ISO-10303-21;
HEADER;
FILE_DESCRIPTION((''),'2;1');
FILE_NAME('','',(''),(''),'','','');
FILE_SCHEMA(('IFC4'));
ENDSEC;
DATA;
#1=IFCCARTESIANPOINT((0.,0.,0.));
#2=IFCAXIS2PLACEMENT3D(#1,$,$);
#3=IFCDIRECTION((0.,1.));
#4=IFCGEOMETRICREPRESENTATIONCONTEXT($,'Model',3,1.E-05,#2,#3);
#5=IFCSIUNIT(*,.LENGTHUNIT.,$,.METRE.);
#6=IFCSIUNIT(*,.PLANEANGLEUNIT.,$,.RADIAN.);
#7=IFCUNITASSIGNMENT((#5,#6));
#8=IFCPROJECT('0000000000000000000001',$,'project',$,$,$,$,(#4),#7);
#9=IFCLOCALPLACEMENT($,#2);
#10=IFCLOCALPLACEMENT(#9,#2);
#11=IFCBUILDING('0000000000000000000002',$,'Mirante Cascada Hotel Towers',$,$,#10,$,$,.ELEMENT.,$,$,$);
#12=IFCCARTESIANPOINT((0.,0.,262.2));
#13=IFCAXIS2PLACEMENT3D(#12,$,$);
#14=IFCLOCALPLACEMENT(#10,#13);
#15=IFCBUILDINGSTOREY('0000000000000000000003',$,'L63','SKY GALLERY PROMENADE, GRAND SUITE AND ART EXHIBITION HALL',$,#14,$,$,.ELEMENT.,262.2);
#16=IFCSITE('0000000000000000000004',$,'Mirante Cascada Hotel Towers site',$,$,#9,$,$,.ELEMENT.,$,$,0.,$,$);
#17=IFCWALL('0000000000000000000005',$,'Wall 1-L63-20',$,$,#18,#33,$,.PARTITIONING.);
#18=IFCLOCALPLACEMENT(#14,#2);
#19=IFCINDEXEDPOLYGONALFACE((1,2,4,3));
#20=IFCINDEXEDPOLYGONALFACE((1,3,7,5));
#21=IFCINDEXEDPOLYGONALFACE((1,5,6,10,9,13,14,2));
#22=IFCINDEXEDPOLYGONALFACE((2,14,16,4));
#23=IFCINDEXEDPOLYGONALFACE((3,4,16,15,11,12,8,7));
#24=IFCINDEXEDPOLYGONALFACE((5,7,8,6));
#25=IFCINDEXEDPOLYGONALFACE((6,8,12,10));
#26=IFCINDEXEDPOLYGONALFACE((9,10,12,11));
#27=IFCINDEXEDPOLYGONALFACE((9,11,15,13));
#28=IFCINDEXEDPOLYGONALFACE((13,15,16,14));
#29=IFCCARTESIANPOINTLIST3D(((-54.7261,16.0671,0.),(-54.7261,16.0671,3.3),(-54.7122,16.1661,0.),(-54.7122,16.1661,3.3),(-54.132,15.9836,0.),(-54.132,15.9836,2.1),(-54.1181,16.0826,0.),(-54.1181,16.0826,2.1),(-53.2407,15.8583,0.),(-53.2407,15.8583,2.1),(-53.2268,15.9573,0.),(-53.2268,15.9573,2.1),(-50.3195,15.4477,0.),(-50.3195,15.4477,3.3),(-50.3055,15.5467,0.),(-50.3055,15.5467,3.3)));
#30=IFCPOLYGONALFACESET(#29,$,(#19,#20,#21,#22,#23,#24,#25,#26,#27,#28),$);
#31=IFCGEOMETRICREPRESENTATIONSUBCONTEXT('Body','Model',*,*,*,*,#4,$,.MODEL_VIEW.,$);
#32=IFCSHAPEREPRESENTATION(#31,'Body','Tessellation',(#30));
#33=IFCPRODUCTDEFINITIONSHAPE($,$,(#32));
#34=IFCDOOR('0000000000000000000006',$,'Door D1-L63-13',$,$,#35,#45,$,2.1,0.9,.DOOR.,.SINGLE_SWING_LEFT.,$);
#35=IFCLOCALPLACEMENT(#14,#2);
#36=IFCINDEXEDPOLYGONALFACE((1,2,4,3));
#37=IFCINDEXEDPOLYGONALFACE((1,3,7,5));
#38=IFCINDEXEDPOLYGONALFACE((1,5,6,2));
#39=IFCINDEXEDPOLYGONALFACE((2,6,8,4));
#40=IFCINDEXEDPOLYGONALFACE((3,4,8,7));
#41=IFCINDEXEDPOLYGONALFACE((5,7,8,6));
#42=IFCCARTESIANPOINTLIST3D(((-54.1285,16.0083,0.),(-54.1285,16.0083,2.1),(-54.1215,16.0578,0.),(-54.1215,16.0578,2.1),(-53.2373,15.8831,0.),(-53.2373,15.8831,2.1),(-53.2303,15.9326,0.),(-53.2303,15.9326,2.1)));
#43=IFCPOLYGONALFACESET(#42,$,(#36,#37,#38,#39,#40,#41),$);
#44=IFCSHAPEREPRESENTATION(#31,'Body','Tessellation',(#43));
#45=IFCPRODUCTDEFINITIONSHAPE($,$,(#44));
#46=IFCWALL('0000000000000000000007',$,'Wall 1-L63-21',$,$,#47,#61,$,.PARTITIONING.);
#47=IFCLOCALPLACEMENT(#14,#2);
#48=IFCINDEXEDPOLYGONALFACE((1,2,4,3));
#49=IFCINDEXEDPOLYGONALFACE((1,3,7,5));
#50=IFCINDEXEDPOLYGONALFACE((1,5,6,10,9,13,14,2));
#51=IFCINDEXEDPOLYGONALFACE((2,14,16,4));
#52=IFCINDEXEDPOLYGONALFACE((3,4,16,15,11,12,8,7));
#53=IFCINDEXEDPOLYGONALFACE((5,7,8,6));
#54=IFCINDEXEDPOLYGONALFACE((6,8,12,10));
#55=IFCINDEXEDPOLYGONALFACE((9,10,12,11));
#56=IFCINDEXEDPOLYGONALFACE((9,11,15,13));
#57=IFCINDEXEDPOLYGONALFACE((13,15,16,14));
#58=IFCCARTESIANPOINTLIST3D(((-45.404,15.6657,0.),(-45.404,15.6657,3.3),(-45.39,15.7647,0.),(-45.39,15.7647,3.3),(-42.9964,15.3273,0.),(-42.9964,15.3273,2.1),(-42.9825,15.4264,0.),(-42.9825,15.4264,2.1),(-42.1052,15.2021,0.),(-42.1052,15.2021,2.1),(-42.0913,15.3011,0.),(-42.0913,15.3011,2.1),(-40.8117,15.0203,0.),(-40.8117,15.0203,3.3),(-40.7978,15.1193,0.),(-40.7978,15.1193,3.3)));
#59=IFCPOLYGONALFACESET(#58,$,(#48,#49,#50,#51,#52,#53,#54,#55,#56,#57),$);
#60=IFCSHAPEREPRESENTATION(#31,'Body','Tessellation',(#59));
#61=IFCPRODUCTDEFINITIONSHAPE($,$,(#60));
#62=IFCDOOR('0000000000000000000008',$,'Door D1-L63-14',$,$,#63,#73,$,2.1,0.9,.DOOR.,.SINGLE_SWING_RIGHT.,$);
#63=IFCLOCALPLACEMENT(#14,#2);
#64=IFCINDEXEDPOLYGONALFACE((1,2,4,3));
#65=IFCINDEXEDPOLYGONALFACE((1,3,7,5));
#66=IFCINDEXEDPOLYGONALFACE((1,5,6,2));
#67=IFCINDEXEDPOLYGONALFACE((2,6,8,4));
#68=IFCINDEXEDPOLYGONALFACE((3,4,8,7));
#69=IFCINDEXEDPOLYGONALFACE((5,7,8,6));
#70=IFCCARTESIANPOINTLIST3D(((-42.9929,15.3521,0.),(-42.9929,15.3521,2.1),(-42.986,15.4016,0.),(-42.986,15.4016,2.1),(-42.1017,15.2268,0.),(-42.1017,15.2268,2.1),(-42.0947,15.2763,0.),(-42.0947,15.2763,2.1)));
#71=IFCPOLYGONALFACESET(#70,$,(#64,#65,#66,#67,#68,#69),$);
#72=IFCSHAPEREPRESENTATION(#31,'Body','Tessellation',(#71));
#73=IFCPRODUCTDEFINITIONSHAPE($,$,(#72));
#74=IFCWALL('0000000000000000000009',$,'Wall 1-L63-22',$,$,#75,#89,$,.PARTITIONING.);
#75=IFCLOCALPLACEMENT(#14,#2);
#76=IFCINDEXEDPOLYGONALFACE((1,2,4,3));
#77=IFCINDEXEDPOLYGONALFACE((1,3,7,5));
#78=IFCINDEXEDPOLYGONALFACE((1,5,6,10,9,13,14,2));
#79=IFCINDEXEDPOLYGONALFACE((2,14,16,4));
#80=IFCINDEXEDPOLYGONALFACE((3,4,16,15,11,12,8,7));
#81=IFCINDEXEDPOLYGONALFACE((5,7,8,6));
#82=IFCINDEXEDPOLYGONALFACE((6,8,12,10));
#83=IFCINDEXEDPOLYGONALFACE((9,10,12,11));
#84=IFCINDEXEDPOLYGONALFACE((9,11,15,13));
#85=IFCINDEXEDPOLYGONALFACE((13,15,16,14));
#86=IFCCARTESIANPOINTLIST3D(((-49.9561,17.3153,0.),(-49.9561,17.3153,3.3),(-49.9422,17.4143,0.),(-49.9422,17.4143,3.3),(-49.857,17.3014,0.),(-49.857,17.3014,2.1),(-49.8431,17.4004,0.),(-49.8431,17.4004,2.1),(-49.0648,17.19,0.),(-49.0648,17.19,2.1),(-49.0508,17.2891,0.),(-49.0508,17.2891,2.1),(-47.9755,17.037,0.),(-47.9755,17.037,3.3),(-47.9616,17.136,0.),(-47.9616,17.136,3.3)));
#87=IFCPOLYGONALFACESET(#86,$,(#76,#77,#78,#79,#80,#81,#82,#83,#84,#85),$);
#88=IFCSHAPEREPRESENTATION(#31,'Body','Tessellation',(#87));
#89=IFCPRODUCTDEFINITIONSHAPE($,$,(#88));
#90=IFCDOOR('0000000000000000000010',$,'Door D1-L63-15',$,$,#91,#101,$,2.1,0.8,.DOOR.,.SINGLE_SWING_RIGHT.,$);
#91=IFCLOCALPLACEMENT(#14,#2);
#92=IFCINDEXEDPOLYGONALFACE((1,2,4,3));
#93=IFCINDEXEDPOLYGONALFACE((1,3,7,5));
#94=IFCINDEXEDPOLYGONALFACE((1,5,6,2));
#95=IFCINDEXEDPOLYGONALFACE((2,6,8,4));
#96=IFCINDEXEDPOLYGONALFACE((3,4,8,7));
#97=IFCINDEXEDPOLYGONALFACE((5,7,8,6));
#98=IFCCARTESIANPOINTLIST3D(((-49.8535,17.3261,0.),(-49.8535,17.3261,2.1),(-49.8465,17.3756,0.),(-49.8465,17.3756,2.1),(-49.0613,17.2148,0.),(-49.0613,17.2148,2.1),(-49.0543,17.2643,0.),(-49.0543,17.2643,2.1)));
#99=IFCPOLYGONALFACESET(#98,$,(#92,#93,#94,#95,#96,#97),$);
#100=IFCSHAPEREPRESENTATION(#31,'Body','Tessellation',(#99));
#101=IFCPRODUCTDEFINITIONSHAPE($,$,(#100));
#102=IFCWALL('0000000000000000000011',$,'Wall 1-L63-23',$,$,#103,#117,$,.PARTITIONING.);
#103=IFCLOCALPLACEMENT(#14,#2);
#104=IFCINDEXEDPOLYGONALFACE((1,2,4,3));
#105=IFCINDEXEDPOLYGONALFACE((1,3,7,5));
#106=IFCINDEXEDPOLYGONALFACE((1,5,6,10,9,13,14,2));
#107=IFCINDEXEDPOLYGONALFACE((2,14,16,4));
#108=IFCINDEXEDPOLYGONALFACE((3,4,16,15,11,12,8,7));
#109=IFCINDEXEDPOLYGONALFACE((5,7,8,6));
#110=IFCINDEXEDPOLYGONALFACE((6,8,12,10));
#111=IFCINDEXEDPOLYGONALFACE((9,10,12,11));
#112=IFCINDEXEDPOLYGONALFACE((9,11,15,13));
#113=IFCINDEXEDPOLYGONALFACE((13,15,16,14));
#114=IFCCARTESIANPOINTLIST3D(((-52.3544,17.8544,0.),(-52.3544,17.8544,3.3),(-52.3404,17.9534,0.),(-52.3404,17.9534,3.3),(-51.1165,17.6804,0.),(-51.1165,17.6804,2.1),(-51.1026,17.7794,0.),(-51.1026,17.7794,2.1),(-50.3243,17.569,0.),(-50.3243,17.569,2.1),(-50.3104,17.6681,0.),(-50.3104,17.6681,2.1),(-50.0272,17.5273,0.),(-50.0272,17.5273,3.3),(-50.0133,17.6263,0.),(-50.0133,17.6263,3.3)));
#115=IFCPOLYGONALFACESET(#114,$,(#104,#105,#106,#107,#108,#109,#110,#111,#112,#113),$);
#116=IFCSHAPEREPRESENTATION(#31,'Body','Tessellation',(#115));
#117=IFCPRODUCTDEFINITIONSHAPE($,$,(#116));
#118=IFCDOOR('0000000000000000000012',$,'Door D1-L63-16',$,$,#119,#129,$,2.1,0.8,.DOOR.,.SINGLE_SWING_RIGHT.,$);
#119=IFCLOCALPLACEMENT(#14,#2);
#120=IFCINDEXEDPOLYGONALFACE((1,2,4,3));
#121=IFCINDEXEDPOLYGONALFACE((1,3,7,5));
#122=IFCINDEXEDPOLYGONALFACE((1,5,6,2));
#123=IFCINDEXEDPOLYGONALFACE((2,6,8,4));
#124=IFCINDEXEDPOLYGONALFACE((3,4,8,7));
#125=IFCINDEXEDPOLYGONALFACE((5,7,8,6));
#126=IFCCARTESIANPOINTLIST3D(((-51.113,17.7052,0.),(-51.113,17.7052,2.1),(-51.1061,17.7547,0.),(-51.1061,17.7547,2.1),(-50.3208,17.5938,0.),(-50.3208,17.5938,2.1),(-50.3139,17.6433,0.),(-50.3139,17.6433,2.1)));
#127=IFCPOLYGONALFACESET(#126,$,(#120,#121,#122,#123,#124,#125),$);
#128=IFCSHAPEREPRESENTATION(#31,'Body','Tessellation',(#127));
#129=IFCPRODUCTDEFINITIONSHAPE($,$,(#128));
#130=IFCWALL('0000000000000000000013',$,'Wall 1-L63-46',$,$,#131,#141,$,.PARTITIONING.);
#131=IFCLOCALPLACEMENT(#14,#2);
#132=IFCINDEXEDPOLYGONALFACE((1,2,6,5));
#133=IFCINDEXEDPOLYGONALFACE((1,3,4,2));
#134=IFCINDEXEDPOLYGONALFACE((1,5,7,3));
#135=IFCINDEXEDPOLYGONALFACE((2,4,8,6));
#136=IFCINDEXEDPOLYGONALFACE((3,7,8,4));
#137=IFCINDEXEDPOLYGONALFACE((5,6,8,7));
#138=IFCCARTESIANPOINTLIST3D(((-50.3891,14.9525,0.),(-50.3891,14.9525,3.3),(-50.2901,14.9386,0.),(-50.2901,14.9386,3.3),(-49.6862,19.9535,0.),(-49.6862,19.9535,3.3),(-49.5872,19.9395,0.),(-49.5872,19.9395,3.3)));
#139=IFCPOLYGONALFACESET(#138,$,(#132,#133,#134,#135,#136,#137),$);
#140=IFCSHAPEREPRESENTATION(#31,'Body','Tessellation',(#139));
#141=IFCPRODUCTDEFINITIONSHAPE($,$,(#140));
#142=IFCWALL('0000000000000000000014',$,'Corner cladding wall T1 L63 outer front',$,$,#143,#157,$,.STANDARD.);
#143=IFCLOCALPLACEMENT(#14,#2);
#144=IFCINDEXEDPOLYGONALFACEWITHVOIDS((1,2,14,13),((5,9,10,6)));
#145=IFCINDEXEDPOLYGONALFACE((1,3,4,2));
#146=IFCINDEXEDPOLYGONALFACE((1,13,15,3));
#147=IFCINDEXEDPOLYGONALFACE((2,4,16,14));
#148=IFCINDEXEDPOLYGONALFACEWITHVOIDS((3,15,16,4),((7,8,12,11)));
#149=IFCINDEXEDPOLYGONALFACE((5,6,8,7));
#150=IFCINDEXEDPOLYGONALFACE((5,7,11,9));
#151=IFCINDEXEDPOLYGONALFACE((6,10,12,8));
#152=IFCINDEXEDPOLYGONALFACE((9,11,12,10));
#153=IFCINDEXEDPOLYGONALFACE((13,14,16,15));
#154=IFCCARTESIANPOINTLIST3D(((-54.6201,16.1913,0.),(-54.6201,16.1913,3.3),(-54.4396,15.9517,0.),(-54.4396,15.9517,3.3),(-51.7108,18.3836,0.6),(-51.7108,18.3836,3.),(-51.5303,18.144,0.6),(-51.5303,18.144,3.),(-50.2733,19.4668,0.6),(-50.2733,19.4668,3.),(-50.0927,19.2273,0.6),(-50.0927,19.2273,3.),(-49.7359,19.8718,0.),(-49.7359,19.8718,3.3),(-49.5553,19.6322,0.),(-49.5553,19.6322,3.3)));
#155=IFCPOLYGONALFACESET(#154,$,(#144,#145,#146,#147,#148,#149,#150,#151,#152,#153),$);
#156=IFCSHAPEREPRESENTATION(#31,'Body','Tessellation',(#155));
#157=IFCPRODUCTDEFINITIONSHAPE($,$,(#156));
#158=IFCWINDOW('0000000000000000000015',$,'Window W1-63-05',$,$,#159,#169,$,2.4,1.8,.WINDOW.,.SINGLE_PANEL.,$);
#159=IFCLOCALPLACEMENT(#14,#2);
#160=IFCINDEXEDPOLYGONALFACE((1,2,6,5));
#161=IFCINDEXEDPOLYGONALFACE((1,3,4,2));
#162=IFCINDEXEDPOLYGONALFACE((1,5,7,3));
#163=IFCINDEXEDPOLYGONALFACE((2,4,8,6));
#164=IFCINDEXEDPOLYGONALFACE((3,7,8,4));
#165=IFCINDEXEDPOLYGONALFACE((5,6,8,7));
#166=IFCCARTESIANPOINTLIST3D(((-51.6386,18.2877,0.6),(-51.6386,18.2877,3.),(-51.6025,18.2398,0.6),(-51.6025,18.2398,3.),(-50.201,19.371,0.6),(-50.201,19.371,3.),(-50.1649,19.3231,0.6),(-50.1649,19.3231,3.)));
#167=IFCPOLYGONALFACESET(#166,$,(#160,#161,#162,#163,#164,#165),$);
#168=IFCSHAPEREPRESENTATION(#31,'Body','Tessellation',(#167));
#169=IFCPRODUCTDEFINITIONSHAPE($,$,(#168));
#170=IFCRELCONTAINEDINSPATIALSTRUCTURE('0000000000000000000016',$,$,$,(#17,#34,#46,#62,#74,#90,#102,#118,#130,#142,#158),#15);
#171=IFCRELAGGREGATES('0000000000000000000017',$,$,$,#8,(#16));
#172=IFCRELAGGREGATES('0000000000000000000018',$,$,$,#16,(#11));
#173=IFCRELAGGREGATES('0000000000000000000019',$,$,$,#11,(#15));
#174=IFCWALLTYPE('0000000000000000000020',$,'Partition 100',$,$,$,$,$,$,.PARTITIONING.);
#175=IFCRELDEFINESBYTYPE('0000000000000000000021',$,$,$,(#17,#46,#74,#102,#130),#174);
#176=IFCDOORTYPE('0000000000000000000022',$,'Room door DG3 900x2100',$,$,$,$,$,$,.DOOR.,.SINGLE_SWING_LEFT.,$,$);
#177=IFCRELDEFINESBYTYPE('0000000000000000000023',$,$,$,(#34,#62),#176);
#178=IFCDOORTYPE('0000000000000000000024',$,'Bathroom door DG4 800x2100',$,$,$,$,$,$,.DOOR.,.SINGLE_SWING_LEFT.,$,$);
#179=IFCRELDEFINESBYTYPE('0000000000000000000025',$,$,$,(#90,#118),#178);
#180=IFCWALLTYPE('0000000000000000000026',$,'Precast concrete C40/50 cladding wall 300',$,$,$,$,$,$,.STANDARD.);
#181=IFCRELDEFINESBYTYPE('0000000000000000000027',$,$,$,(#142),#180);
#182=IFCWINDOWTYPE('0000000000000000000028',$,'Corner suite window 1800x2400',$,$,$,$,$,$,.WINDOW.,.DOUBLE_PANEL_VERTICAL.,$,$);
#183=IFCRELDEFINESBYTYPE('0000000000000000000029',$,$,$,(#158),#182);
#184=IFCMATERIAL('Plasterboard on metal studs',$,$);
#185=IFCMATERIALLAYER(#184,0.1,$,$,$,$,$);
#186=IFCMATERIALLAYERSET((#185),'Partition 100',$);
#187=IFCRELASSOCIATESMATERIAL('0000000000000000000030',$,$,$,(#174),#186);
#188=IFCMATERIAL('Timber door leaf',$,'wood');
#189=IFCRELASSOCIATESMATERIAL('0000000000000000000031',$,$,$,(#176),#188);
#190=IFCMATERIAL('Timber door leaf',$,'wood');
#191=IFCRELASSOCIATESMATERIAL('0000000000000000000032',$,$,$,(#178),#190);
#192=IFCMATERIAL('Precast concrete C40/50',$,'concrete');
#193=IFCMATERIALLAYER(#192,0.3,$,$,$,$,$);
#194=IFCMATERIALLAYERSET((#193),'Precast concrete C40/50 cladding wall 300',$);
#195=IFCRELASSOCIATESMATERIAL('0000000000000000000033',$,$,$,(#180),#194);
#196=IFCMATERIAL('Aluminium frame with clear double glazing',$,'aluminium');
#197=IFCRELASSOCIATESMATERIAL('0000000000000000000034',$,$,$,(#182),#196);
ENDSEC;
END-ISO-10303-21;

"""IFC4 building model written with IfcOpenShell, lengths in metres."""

from ifc_helpers import new_model, si_unit, direction, frame, frame_2d, origin, place, context, subcontext, project, spatial, rectangle, extrude, material, layer, layer_set, type_object, element, fill, save


model = new_model("IFC4")

# Units and contexts
model_context = context("Model", 3, precision=1e-05, world=origin(), true_north=direction((0.0, 1.0)))
body_context = subcontext(model_context, "Body", "Model", "MODEL_VIEW")
ifc_project = project(units=[si_unit("LENGTHUNIT", "METRE"), si_unit("PLANEANGLEUNIT", "RADIAN")], contexts=[model_context])

# Site, building, storey
site_placement = place(None, origin())
site = spatial("IfcSite", under=ifc_project, at=site_placement, Name="Mirante Cascada Hotel Towers site", CompositionType="ELEMENT", RefElevation=0.0)
building_placement = place(site_placement, origin())
building = spatial("IfcBuilding", under=site, at=building_placement, Name="Mirante Cascada Hotel Towers", CompositionType="ELEMENT")
storey_placement = place(building_placement, frame((0.0, 0.0, 262.2)))
storey = spatial("IfcBuildingStorey", under=building, at=storey_placement, Name="L63", Description="SKY GALLERY PROMENADE, GRAND SUITE AND ART EXHIBITION HALL", CompositionType="ELEMENT", Elevation=262.2)

# Shared definitions
ifc_material_1 = material(Name="Plasterboard on metal studs")
ifc_layer_1 = layer(ifc_material_1, 0.1)
ifc_layer_set_1 = layer_set([ifc_layer_1], Name="Partition 100")
wall_type_1 = type_object("IfcWallType", Name="Partition 100", PredefinedType="PARTITIONING", material=ifc_layer_set_1)

# Walls, openings, doors
wall_1_placement = place(storey_placement, frame((-50.3125, 15.4972, 0.0), z_axis=(0.0, 0.0, 1.0), x_axis=(-0.990266, 0.13919, 0.0)))
wall_1 = element("IfcWall", 1, at=wall_1_placement, inside=storey, type_object=wall_type_1, Name="Wall 1-L63-20", PredefinedType="PARTITIONING", context=body_context, shape_type="SweptSolid", body=[
    extrude(rectangle(XDim=4.45, YDim=0.1, at=frame_2d((2.225, 0.0))), origin(), (0.0, 0.0, 1.0), 3.3),
])
opening_1_placement = place(wall_1_placement, frame((2.95, 0.0, 0.0)))
opening_1 = element("IfcOpeningElement", 2, at=opening_1_placement, cuts=wall_1, PredefinedType="OPENING", context=body_context, shape_type="SweptSolid", body=[
    extrude(rectangle(XDim=0.9, YDim=2.1, at=frame_2d((0.45, 1.05))), frame((0.0, 0.05, 0.0), z_axis=(0.0, -1.0, 0.0), x_axis=(1.0, 0.0, 0.0)), (0.0, 0.0, 1.0), 0.1),
])
ifc_material_2 = material(Name="Timber door leaf", Category="wood")
door_type_1 = type_object("IfcDoorType", Name="Room door DG3 900x2100", OperationType="SINGLE_SWING_LEFT", PredefinedType="DOOR", material=ifc_material_2)
door_1_placement = place(opening_1_placement, origin())
door_1 = element("IfcDoor", 3, at=door_1_placement, inside=storey, type_object=door_type_1, Name="Door D1-L63-13", OperationType="SINGLE_SWING_LEFT", OverallHeight=2.1, OverallWidth=0.9, PredefinedType="DOOR", context=body_context, shape_type="SweptSolid", body=[
    extrude(rectangle(XDim=0.9, YDim=2.1, at=frame_2d((0.45, 1.05))), frame((0.0, 0.025, 0.0), z_axis=(0.0, -1.0, 0.0), x_axis=(1.0, 0.0, 0.0)), (0.0, 0.0, 1.0), 0.05),
])
fill(opening_1, door_1)
wall_2_placement = place(storey_placement, frame((-45.397, 15.7152, 0.0), z_axis=(0.0, 0.0, 1.0), x_axis=(0.990268, -0.139172, 0.0)))
wall_2 = element("IfcWall", 4, at=wall_2_placement, inside=storey, type_object=wall_type_1, Name="Wall 1-L63-21", PredefinedType="PARTITIONING", context=body_context, shape_type="SweptSolid", body=[
    extrude(rectangle(XDim=4.6374, YDim=0.1, at=frame_2d((2.3187, 0.0))), origin(), (0.0, 0.0, 1.0), 3.3),
])
opening_2_placement = place(wall_2_placement, frame((2.4312, 0.0, 0.0)))
opening_2 = element("IfcOpeningElement", 5, at=opening_2_placement, cuts=wall_2, PredefinedType="OPENING", context=body_context, shape_type="SweptSolid", body=[
    extrude(rectangle(XDim=0.9, YDim=2.1, at=frame_2d((0.45, 1.05))), frame((0.0, 0.05, 0.0), z_axis=(0.0, -1.0, 0.0), x_axis=(1.0, 0.0, 0.0)), (0.0, 0.0, 1.0), 0.1),
])
door_2_placement = place(opening_2_placement, frame((0.9, 0.0, 0.0), z_axis=(0.0, 0.0, 1.0), x_axis=(-1.0, 0.0, 0.0)))
door_2 = element("IfcDoor", 6, at=door_2_placement, inside=storey, type_object=door_type_1, Name="Door D1-L63-14", OperationType="SINGLE_SWING_RIGHT", OverallHeight=2.1, OverallWidth=0.9, PredefinedType="DOOR", context=body_context, shape_type="SweptSolid", body=[
    extrude(rectangle(XDim=0.9, YDim=2.1, at=frame_2d((0.45, 1.05))), frame((0.0, 0.025, 0.0), z_axis=(0.0, -1.0, 0.0), x_axis=(1.0, 0.0, 0.0)), (0.0, 0.0, 1.0), 0.05),
])
fill(opening_2, door_2)
wall_3_placement = place(storey_placement, frame((-47.9685, 17.0865, 0.0), z_axis=(0.0, 0.0, 1.0), x_axis=(-0.990272, 0.139146, 0.0)))
wall_3 = element("IfcWall", 7, at=wall_3_placement, inside=storey, type_object=wall_type_1, Name="Wall 1-L63-22", PredefinedType="PARTITIONING", context=body_context, shape_type="SweptSolid", body=[
    extrude(rectangle(XDim=2.0001, YDim=0.1, at=frame_2d((1.0001, 0.0))), origin(), (0.0, 0.0, 1.0), 3.3),
])
opening_3_placement = place(wall_3_placement, frame((1.1, 0.0, 0.0)))
opening_3 = element("IfcOpeningElement", 8, at=opening_3_placement, cuts=wall_3, PredefinedType="OPENING", context=body_context, shape_type="SweptSolid", body=[
    extrude(rectangle(XDim=0.8, YDim=2.1, at=frame_2d((0.4, 1.05))), frame((0.0, 0.05, 0.0), z_axis=(0.0, -1.0, 0.0), x_axis=(1.0, 0.0, 0.0)), (0.0, 0.0, 1.0), 0.1),
])
ifc_material_3 = material(Name="Timber door leaf", Category="wood")
door_type_2 = type_object("IfcDoorType", Name="Bathroom door DG4 800x2100", OperationType="SINGLE_SWING_LEFT", PredefinedType="DOOR", material=ifc_material_3)
door_3_placement = place(opening_3_placement, frame((0.8, 0.0, 0.0), z_axis=(0.0, 0.0, 1.0), x_axis=(-1.0, 0.0, 0.0)))
door_3 = element("IfcDoor", 9, at=door_3_placement, inside=storey, type_object=door_type_2, Name="Door D1-L63-15", OperationType="SINGLE_SWING_RIGHT", OverallHeight=2.1, OverallWidth=0.8, PredefinedType="DOOR", context=body_context, shape_type="SweptSolid", body=[
    extrude(rectangle(XDim=0.8, YDim=2.1, at=frame_2d((0.4, 1.05))), frame((0.0, 0.025, 0.0), z_axis=(0.0, -1.0, 0.0), x_axis=(1.0, 0.0, 0.0)), (0.0, 0.0, 1.0), 0.05),
])
fill(opening_3, door_3)
wall_4_placement = place(storey_placement, frame((-52.3474, 17.9039, 0.0), z_axis=(0.0, 0.0, 1.0), x_axis=(0.990265, -0.139193, 0.0)))
wall_4 = element("IfcWall", 10, at=wall_4_placement, inside=storey, type_object=wall_type_1, Name="Wall 1-L63-23", PredefinedType="PARTITIONING", context=body_context, shape_type="SweptSolid", body=[
    extrude(rectangle(XDim=2.35, YDim=0.1, at=frame_2d((1.175, 0.0))), origin(), (0.0, 0.0, 1.0), 3.3),
])
opening_4_placement = place(wall_4_placement, frame((1.25, 0.0, 0.0)))
opening_4 = element("IfcOpeningElement", 11, at=opening_4_placement, cuts=wall_4, PredefinedType="OPENING", context=body_context, shape_type="SweptSolid", body=[
    extrude(rectangle(XDim=0.8, YDim=2.1, at=frame_2d((0.4, 1.05))), frame((0.0, 0.05, 0.0), z_axis=(0.0, -1.0, 0.0), x_axis=(1.0, 0.0, 0.0)), (0.0, 0.0, 1.0), 0.1),
])
door_4_placement = place(opening_4_placement, frame((0.8, 0.0, 0.0), z_axis=(0.0, 0.0, 1.0), x_axis=(-1.0, 0.0, 0.0)))
door_4 = element("IfcDoor", 12, at=door_4_placement, inside=storey, type_object=door_type_2, Name="Door D1-L63-16", OperationType="SINGLE_SWING_RIGHT", OverallHeight=2.1, OverallWidth=0.8, PredefinedType="DOOR", context=body_context, shape_type="SweptSolid", body=[
    extrude(rectangle(XDim=0.8, YDim=2.1, at=frame_2d((0.4, 1.05))), frame((0.0, 0.025, 0.0), z_axis=(0.0, -1.0, 0.0), x_axis=(1.0, 0.0, 0.0)), (0.0, 0.0, 1.0), 0.05),
])
fill(opening_4, door_4)

# Wall
wall_5_placement = place(storey_placement, frame((-50.3396, 14.9456, 0.0), z_axis=(0.0, 0.0, 1.0), x_axis=(0.139187, 0.990266, 0.0)))
element("IfcWall", 13, at=wall_5_placement, inside=storey, type_object=wall_type_1, Name="Wall 1-L63-46", PredefinedType="PARTITIONING", context=body_context, shape_type="SweptSolid", body=[
    extrude(rectangle(XDim=5.0501, YDim=0.1, at=frame_2d((2.525, 0.0))), origin(), (0.0, 0.0, 1.0), 3.3),
])

# Wall, opening, window
ifc_material_4 = material(Name="Precast concrete C40/50", Category="concrete")
ifc_layer_2 = layer(ifc_material_4, 0.3)
ifc_layer_set_2 = layer_set([ifc_layer_2], Name="Precast concrete C40/50 cladding wall 300")
wall_type_2 = type_object("IfcWallType", Name="Precast concrete C40/50 cladding wall 300", PredefinedType="STANDARD", material=ifc_layer_set_2)
wall_6_placement = place(storey_placement, frame((-54.5298, 16.0715, 0.0), z_axis=(0.0, 0.0, 1.0), x_axis=(0.798636, 0.601814, 0.0)))
wall_6 = element("IfcWall", 14, at=wall_6_placement, inside=storey, type_object=wall_type_2, Name="Corner cladding wall T1 L63 outer front", PredefinedType="STANDARD", context=body_context, shape_type="SweptSolid", body=[
    extrude(rectangle(XDim=6.1157, YDim=0.3, at=frame_2d((3.0578, 0.0))), origin(), (0.0, 0.0, 1.0), 3.3),
])
opening_5_placement = place(wall_6_placement, frame((3.6428, 0.0, 0.6)))
opening_5 = element("IfcOpeningElement", 15, at=opening_5_placement, cuts=wall_6, PredefinedType="OPENING", context=body_context, shape_type="SweptSolid", body=[
    extrude(rectangle(XDim=1.8, YDim=2.4, at=frame_2d((0.9, 1.2))), frame((0.0, 0.15, 0.0), z_axis=(0.0, -1.0, 0.0), x_axis=(1.0, 0.0, 0.0)), (0.0, 0.0, 1.0), 0.3),
])
ifc_material_5 = material(Name="Aluminium frame with clear double glazing", Category="aluminium")
window_type = type_object("IfcWindowType", Name="Corner suite window 1800x2400", PartitioningType="DOUBLE_PANEL_VERTICAL", PredefinedType="WINDOW", material=ifc_material_5)
window_placement = place(opening_5_placement, origin())
window = element("IfcWindow", 16, at=window_placement, inside=storey, type_object=window_type, Name="Window W1-63-05", OverallHeight=2.4, OverallWidth=1.8, PartitioningType="SINGLE_PANEL", PredefinedType="WINDOW", context=body_context, shape_type="SweptSolid", body=[
    extrude(rectangle(XDim=1.8, YDim=2.4, at=frame_2d((0.9, 1.2))), frame((0.0, 0.03, 0.0), z_axis=(0.0, -1.0, 0.0), x_axis=(1.0, 0.0, 0.0)), (0.0, 0.0, 1.0), 0.06),
])
fill(opening_5, window)

save(model, "model.ifc")
